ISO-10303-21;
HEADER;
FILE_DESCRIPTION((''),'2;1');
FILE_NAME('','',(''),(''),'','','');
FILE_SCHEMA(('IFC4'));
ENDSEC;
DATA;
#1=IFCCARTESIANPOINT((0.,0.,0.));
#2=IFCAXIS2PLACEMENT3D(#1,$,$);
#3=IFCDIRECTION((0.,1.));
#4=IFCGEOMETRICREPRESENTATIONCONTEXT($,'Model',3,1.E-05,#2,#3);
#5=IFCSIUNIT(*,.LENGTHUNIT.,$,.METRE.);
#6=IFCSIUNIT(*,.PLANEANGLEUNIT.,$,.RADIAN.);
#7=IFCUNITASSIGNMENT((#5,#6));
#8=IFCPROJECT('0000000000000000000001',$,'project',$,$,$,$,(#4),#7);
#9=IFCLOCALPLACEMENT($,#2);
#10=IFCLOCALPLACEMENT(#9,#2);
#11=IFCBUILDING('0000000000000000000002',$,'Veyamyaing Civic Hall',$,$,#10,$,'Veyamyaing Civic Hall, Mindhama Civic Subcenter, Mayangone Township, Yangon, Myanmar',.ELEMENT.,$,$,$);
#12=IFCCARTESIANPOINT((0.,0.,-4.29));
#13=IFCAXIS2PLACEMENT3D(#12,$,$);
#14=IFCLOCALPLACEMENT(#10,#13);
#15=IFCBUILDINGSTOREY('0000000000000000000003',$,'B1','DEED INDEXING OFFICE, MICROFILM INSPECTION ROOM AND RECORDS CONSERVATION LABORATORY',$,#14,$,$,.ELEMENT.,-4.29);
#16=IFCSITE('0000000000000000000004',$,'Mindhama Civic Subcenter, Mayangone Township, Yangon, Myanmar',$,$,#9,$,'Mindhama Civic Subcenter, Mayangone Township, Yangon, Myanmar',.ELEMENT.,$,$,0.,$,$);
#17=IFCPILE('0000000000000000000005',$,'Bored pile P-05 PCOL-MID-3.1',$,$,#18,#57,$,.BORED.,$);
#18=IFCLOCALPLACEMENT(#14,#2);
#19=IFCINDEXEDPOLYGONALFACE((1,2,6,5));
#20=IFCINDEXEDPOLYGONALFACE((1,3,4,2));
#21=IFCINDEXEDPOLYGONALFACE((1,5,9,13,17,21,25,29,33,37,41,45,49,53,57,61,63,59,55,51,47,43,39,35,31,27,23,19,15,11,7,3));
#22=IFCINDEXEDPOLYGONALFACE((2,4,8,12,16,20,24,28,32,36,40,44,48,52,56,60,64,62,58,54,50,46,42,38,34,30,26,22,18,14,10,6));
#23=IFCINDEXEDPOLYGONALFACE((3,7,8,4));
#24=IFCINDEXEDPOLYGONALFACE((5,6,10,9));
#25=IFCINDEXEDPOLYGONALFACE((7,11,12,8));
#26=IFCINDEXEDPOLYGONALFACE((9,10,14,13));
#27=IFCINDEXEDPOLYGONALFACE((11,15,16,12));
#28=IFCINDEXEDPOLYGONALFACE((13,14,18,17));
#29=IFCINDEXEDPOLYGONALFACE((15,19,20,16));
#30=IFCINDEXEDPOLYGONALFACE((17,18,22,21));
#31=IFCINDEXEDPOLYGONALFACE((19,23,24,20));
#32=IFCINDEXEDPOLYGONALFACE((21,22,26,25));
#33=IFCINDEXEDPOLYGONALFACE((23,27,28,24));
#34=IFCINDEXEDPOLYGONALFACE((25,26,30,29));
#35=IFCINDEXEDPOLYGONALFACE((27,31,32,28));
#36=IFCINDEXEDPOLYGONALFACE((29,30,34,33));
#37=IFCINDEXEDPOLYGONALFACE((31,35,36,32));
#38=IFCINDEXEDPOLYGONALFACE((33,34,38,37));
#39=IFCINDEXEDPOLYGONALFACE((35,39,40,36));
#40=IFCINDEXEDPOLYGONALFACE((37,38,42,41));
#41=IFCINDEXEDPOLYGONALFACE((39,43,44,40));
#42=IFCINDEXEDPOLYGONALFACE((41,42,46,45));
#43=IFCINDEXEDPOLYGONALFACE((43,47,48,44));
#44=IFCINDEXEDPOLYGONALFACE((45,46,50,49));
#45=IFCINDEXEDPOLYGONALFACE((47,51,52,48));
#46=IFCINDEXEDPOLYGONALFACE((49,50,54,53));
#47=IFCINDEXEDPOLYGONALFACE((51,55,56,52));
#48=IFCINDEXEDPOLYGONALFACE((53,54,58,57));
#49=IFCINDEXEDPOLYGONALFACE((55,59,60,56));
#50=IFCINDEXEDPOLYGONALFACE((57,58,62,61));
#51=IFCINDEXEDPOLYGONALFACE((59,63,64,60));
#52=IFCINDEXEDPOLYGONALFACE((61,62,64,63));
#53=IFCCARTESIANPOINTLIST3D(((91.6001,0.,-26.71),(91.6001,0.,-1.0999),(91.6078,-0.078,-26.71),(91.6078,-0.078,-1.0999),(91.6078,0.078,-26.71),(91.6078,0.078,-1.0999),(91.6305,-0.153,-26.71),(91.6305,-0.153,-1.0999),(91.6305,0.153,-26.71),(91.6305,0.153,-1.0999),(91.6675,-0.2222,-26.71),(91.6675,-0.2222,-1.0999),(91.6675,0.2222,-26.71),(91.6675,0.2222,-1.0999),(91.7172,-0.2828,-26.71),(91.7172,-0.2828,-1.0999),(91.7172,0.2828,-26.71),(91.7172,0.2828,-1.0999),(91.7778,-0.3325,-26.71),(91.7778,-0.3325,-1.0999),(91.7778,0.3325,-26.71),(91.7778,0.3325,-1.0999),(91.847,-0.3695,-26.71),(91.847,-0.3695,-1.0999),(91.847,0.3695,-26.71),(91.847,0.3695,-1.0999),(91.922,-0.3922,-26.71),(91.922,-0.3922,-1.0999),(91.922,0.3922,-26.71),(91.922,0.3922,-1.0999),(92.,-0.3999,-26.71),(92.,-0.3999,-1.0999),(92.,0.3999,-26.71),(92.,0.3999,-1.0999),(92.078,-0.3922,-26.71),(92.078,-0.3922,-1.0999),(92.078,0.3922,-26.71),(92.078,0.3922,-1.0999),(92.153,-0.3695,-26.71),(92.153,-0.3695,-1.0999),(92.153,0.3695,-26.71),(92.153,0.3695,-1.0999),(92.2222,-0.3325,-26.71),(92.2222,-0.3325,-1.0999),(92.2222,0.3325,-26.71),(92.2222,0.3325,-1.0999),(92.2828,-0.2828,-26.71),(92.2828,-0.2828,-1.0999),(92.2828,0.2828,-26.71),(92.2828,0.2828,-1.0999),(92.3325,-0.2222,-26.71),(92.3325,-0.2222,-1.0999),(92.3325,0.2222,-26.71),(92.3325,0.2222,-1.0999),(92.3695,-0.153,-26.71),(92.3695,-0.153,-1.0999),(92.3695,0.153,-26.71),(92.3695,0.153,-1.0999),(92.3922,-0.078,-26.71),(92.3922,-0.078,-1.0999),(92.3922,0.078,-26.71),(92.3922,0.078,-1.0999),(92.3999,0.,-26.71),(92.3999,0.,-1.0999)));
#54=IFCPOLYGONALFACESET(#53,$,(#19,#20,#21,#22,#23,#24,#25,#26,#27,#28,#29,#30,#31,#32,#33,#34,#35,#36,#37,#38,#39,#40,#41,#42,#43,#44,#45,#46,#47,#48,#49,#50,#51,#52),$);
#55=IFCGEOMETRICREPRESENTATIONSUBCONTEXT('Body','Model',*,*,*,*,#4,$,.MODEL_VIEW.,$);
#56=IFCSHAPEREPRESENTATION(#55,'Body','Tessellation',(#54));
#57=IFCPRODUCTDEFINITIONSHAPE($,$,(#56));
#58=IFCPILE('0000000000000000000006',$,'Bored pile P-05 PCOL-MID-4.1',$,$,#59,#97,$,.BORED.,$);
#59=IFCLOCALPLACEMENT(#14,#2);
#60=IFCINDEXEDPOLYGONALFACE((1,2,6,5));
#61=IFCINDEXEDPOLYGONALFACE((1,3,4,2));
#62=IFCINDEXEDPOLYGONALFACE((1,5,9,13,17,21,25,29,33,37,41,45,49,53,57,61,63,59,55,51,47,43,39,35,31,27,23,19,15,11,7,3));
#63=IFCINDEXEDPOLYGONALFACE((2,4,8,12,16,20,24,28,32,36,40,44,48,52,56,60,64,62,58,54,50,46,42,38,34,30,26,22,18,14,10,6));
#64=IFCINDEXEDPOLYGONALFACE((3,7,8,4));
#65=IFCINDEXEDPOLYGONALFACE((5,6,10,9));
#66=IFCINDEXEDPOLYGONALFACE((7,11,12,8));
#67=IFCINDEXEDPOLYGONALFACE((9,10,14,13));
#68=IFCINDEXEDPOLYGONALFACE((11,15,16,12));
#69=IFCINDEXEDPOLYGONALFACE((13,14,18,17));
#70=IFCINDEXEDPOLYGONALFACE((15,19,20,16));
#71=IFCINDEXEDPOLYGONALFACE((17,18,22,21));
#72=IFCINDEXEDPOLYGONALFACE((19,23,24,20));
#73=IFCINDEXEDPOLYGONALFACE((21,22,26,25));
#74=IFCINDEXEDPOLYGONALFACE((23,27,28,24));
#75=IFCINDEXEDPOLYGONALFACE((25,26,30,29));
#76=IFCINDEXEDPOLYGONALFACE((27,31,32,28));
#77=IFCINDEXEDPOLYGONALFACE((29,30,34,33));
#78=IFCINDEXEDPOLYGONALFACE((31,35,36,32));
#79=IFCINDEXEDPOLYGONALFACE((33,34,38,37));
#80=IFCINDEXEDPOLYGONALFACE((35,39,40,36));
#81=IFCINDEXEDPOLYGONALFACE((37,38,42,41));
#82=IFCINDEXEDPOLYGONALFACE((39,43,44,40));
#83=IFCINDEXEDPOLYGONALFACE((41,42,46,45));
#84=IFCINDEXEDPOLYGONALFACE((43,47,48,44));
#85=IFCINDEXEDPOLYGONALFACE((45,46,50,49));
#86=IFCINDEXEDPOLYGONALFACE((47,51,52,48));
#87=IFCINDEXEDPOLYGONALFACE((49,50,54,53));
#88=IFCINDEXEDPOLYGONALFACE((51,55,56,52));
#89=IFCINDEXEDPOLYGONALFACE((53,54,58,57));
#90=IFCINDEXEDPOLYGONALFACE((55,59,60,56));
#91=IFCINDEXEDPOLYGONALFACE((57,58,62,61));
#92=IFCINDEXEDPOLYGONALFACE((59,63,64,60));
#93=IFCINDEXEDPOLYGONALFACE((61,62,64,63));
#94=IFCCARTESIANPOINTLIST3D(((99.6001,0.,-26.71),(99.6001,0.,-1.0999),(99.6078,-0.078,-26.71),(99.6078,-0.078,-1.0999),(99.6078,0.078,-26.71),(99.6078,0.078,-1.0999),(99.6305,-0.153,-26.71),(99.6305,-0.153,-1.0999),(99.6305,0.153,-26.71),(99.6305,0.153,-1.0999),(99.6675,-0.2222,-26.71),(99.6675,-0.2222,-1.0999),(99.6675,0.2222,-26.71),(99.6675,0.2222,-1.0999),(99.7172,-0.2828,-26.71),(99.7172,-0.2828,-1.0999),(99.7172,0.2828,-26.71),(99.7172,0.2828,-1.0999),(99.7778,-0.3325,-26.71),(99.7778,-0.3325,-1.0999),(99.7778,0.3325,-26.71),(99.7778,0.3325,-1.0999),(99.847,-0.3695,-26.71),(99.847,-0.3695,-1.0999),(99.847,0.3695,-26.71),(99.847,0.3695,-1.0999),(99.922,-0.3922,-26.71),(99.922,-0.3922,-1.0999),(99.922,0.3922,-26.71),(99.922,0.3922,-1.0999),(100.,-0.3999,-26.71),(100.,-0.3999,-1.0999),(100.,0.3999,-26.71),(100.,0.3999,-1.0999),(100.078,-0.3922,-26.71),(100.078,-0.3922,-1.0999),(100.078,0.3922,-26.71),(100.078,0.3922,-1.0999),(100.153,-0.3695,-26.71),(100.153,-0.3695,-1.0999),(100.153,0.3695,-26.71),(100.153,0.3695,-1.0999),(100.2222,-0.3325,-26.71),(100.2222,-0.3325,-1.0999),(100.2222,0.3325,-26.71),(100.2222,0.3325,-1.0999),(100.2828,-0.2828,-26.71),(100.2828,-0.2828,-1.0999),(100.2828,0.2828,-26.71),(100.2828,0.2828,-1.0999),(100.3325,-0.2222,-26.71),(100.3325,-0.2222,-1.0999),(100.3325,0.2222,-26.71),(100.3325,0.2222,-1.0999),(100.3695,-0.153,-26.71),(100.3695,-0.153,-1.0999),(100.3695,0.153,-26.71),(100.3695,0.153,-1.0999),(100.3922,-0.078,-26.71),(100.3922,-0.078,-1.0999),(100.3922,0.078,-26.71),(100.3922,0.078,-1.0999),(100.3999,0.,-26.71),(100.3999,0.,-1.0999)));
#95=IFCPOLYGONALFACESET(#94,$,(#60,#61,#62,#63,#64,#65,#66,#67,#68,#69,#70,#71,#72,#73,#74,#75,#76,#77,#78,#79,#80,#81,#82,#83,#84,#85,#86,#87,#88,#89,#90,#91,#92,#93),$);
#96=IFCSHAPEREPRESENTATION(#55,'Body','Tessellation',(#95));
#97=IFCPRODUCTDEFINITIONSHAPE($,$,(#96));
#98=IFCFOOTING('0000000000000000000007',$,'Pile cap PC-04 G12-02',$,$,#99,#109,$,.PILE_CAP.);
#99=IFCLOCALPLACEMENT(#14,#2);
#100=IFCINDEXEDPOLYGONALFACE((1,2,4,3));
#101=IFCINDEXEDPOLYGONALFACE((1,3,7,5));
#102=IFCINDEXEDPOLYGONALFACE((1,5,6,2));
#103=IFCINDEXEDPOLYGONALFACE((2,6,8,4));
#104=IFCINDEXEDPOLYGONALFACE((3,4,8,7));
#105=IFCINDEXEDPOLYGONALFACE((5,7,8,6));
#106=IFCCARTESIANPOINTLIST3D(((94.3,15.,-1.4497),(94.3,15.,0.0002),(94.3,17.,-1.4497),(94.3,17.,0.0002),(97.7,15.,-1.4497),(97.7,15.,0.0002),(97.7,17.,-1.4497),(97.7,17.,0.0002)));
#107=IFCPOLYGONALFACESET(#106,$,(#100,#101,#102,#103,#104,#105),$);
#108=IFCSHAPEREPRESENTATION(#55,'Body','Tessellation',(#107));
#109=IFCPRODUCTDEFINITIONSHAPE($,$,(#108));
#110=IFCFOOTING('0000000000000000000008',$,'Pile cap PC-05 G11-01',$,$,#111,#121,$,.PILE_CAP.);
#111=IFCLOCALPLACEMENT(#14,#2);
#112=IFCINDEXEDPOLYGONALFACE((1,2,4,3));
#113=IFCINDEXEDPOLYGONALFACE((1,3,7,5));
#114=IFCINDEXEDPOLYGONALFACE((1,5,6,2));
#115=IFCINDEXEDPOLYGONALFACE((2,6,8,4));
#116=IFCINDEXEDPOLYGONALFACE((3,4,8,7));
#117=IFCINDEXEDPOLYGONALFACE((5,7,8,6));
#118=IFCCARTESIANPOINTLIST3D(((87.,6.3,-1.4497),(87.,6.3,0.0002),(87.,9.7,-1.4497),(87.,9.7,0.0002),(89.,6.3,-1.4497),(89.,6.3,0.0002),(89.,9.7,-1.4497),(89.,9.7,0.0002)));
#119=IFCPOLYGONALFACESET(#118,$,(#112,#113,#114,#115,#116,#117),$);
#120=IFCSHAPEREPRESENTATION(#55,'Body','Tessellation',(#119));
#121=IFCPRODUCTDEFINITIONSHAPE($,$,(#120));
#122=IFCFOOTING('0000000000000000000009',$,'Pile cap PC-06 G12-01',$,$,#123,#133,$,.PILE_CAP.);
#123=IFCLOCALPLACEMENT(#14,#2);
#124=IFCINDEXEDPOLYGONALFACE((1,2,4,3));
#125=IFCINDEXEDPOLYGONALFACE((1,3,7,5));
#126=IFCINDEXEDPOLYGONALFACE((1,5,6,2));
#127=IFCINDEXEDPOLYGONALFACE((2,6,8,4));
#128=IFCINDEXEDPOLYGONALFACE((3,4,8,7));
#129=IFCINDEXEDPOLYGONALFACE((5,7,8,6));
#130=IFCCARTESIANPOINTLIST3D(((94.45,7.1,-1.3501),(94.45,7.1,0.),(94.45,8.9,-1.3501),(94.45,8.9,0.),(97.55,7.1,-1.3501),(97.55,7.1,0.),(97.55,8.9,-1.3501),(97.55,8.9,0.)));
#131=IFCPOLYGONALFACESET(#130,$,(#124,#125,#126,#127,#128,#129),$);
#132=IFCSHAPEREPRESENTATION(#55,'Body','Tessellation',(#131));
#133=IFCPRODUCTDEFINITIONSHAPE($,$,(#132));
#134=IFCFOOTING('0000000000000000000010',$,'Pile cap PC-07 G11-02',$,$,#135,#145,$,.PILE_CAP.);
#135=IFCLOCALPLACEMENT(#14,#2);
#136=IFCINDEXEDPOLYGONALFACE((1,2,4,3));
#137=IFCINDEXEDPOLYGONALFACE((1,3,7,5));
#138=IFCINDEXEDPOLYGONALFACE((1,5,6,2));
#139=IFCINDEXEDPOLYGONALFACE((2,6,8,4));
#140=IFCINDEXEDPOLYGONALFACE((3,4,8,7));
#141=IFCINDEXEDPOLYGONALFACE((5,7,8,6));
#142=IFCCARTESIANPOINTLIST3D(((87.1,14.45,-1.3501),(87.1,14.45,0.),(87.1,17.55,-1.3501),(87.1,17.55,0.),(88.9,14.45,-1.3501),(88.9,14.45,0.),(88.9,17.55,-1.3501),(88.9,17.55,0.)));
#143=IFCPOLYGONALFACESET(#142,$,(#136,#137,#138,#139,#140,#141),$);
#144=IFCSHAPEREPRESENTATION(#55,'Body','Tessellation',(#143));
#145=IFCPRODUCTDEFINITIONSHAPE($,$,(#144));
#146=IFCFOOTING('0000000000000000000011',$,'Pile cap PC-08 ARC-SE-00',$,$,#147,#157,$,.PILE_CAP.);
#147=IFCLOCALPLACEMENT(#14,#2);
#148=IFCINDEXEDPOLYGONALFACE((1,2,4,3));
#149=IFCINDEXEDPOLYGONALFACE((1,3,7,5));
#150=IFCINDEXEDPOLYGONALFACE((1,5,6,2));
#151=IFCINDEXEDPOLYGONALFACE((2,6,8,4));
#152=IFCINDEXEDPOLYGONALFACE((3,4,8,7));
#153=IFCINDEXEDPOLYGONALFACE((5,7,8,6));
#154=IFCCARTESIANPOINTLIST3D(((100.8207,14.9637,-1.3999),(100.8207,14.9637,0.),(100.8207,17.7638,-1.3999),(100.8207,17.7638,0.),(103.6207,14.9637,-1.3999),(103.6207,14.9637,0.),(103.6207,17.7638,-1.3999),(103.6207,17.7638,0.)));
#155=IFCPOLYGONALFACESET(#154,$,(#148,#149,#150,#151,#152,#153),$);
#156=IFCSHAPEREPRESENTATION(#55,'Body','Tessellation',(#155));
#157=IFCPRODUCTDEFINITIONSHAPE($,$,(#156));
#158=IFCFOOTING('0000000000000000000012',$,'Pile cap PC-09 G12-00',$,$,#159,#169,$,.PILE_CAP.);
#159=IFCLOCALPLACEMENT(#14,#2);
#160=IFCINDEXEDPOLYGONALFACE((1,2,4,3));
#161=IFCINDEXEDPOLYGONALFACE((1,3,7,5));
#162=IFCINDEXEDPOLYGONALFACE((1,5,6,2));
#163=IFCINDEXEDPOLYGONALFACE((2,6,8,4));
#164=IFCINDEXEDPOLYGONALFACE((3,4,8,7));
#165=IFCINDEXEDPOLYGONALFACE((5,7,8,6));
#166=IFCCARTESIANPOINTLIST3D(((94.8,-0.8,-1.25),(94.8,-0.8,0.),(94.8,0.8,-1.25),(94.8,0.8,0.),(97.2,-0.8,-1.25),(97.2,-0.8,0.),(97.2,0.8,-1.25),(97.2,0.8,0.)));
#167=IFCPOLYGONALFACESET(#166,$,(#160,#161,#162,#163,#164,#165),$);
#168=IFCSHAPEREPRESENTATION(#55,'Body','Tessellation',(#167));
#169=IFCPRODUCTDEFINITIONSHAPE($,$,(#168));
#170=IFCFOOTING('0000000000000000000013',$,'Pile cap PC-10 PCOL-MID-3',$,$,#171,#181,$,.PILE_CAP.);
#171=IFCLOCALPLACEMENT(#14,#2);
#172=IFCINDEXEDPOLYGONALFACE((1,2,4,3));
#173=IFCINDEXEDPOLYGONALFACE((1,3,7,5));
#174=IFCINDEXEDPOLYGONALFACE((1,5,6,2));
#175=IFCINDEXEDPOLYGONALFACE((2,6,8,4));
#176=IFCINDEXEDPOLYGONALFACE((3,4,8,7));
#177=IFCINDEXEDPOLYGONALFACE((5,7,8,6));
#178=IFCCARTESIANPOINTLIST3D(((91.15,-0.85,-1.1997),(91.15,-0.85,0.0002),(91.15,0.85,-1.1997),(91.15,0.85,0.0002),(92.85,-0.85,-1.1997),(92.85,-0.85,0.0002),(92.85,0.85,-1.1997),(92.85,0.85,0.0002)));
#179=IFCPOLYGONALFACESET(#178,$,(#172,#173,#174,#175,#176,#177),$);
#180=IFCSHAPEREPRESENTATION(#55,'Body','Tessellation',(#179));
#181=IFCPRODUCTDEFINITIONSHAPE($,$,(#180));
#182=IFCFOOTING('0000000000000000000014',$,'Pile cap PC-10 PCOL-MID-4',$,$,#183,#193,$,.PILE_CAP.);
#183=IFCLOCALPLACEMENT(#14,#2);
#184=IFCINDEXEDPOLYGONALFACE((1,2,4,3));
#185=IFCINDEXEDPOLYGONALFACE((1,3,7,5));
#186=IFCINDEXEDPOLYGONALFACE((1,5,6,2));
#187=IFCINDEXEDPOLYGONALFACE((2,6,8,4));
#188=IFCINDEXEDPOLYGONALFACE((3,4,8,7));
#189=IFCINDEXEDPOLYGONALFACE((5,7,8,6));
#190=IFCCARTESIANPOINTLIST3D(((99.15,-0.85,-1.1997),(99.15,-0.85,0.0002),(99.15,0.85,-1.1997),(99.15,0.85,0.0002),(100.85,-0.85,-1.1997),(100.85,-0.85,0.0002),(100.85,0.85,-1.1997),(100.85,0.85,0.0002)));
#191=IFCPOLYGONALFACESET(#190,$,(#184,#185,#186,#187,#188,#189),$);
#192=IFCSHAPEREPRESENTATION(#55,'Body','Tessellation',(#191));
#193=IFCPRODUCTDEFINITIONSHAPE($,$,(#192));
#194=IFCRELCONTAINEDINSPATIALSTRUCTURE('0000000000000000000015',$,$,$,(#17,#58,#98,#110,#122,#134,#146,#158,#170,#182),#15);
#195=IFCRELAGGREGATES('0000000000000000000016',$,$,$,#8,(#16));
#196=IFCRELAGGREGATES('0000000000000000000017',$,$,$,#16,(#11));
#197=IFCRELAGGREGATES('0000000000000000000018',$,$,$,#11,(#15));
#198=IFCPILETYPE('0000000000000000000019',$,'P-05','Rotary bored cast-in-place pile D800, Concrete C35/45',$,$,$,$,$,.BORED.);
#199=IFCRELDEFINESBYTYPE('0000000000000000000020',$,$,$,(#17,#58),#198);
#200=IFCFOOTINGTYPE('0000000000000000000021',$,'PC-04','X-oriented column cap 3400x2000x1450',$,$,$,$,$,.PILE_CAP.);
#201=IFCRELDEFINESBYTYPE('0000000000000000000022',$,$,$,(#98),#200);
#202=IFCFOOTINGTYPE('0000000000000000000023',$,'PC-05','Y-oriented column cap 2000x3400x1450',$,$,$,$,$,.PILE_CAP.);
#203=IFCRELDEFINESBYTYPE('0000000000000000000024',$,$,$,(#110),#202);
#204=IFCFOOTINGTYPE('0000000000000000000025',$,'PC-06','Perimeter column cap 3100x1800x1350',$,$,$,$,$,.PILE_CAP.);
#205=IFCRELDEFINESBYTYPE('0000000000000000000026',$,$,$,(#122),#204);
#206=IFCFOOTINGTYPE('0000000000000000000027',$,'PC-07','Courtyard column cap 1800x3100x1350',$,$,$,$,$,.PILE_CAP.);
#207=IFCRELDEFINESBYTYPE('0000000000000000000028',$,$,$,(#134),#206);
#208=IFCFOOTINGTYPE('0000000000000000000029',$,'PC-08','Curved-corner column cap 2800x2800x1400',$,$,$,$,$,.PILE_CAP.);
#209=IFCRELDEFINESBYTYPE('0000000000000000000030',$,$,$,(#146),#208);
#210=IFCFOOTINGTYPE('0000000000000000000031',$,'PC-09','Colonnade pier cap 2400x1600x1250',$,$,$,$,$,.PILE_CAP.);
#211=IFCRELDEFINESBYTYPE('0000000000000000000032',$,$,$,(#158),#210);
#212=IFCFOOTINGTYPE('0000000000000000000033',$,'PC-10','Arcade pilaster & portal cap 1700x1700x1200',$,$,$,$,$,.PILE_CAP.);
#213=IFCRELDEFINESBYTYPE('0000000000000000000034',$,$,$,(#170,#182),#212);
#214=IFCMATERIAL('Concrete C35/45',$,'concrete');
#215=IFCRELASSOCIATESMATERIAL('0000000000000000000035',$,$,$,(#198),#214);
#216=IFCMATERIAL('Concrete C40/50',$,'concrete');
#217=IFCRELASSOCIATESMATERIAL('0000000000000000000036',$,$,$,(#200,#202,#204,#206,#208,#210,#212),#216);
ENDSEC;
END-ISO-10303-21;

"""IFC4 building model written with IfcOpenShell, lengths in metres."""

from ifc_helpers import new_model, si_unit, direction, frame, origin, origin_2d, place, context, subcontext, project, spatial, rectangle, circle, extrude, material, material_profile, profile_set, type_object, element, save


model = new_model("IFC4")

# Units and contexts
model_context = context("Model", 3, precision=1e-05, world=origin(), true_north=direction((0.0, 1.0)))
body_context = subcontext(model_context, "Body", "Model", "MODEL_VIEW")
ifc_project = project(units=[si_unit("LENGTHUNIT", "METRE"), si_unit("PLANEANGLEUNIT", "RADIAN")], contexts=[model_context])

# Site, building, storey
site_placement = place(None, origin())
site = spatial("IfcSite", under=ifc_project, at=site_placement, Name="Mindhama Civic Subcenter, Mayangone Township, Yangon, Myanmar", LongName="Mindhama Civic Subcenter, Mayangone Township, Yangon, Myanmar", CompositionType="ELEMENT", RefElevation=0.0)
building_placement = place(site_placement, origin())
building = spatial("IfcBuilding", under=site, at=building_placement, Name="Veyamyaing Civic Hall", LongName="Veyamyaing Civic Hall, Mindhama Civic Subcenter, Mayangone Township, Yangon, Myanmar", CompositionType="ELEMENT")
storey_placement = place(building_placement, frame((0.0, 0.0, -4.29)))
storey = spatial("IfcBuildingStorey", under=building, at=storey_placement, Name="B1", Description="DEED INDEXING OFFICE, MICROFILM INSPECTION ROOM AND RECORDS CONSERVATION LABORATORY", CompositionType="ELEMENT", Elevation=-4.29)

# Shared definitions
ifc_material_1 = material(Name="Concrete C40/50", Category="concrete")

# Piles
ifc_material_2 = material(Name="Concrete C35/45", Category="concrete")
ifc_material_profile_1 = material_profile(ifc_material_2, circle(Radius=0.3999, at=origin_2d()), Name="PILE-D800")
ifc_profile_set_1 = profile_set([ifc_material_profile_1], Name="Concrete C35/45")
pile_type_1 = type_object("IfcPileType", Name="P-05", Description="Rotary bored cast-in-place pile D800, Concrete C35/45", PredefinedType="BORED", material=ifc_profile_set_1)
for number, where, z_axis, x_axis, name in (
    (1, (92.0, 0.0, -1.0999), (0.0, 0.0, -1.0), (1.0, 0.0, 0.0), "Bored pile P-05 PCOL-MID-3.1"),
    (2, (100.0, 0.0, -1.0999), (0.0, 0.0, -1.0), (1.0, 0.0, 0.0), "Bored pile P-05 PCOL-MID-4.1"),
):
    element("IfcPile", number, at=place(storey_placement, frame(where, z_axis=z_axis, x_axis=x_axis)), inside=storey, type_object=pile_type_1, Name=name, PredefinedType="BORED", context=body_context, shape_type="SweptSolid", body=[
        extrude(circle(Radius=0.3999, at=origin_2d()), origin(), (0.0, 0.0, 1.0), 25.6101),
    ])

# Footings
footing_type_1 = type_object("IfcFootingType", Name="PC-04", Description="X-oriented column cap 3400x2000x1450", PredefinedType="PILE_CAP", material=ifc_material_1)
footing_1_placement = place(storey_placement, frame((96.0, 16.0, -1.4497), z_axis=(0.0, 0.0, 1.0), x_axis=(1.0, 0.0, 0.0)))
element("IfcFooting", 3, at=footing_1_placement, inside=storey, type_object=footing_type_1, Name="Pile cap PC-04 G12-02", PredefinedType="PILE_CAP", context=body_context, shape_type="SweptSolid", body=[
    extrude(rectangle(XDim=3.3999, YDim=2.0, at=origin_2d()), origin(), (0.0, 0.0, 1.0), 1.45),
])
footing_type_2 = type_object("IfcFootingType", Name="PC-05", Description="Y-oriented column cap 2000x3400x1450", PredefinedType="PILE_CAP", material=ifc_material_1)
footing_2_placement = place(storey_placement, frame((88.0, 8.0, -1.4497), z_axis=(0.0, 0.0, 1.0), x_axis=(1.0, 0.0, 0.0)))
element("IfcFooting", 4, at=footing_2_placement, inside=storey, type_object=footing_type_2, Name="Pile cap PC-05 G11-01", PredefinedType="PILE_CAP", context=body_context, shape_type="SweptSolid", body=[
    extrude(rectangle(XDim=2.0, YDim=3.3999, at=origin_2d()), origin(), (0.0, 0.0, 1.0), 1.45),
])
footing_type_3 = type_object("IfcFootingType", Name="PC-06", Description="Perimeter column cap 3100x1800x1350", PredefinedType="PILE_CAP", material=ifc_material_1)
footing_3_placement = place(storey_placement, frame((96.0, 8.0, -1.3501), z_axis=(0.0, 0.0, 1.0), x_axis=(1.0, 0.0, 0.0)))
element("IfcFooting", 5, at=footing_3_placement, inside=storey, type_object=footing_type_3, Name="Pile cap PC-06 G12-01", PredefinedType="PILE_CAP", context=body_context, shape_type="SweptSolid", body=[
    extrude(rectangle(XDim=3.1001, YDim=1.8, at=origin_2d()), origin(), (0.0, 0.0, 1.0), 1.3501),
])
footing_type_4 = type_object("IfcFootingType", Name="PC-07", Description="Courtyard column cap 1800x3100x1350", PredefinedType="PILE_CAP", material=ifc_material_1)
footing_4_placement = place(storey_placement, frame((88.0, 16.0, -1.3501), z_axis=(0.0, 0.0, 1.0), x_axis=(1.0, 0.0, 0.0)))
element("IfcFooting", 6, at=footing_4_placement, inside=storey, type_object=footing_type_4, Name="Pile cap PC-07 G11-02", PredefinedType="PILE_CAP", context=body_context, shape_type="SweptSolid", body=[
    extrude(rectangle(XDim=1.8, YDim=3.1001, at=origin_2d()), origin(), (0.0, 0.0, 1.0), 1.3501),
])
footing_type_5 = type_object("IfcFootingType", Name="PC-08", Description="Curved-corner column cap 2800x2800x1400", PredefinedType="PILE_CAP", material=ifc_material_1)
footing_5_placement = place(storey_placement, frame((102.2207, 16.3638, -1.3999), z_axis=(0.0, 0.0, 1.0), x_axis=(1.0, 0.0, 0.0)))
element("IfcFooting", 7, at=footing_5_placement, inside=storey, type_object=footing_type_5, Name="Pile cap PC-08 ARC-SE-00", PredefinedType="PILE_CAP", context=body_context, shape_type="SweptSolid", body=[
    extrude(rectangle(XDim=2.8, YDim=2.8, at=origin_2d()), origin(), (0.0, 0.0, 1.0), 1.3999),
])
footing_type_6 = type_object("IfcFootingType", Name="PC-09", Description="Colonnade pier cap 2400x1600x1250", PredefinedType="PILE_CAP", material=ifc_material_1)
footing_6_placement = place(storey_placement, frame((96.0, 0.0, -1.25), z_axis=(0.0, 0.0, 1.0), x_axis=(1.0, 0.0, 0.0)))
element("IfcFooting", 8, at=footing_6_placement, inside=storey, type_object=footing_type_6, Name="Pile cap PC-09 G12-00", PredefinedType="PILE_CAP", context=body_context, shape_type="SweptSolid", body=[
    extrude(rectangle(XDim=2.3999, YDim=1.6001, at=origin_2d()), origin(), (0.0, 0.0, 1.0), 1.25),
])
footing_type_7 = type_object("IfcFootingType", Name="PC-10", Description="Arcade pilaster & portal cap 1700x1700x1200", PredefinedType="PILE_CAP", material=ifc_material_1)
for number, where, z_axis, x_axis, name in (
    (9, (92.0, 0.0, -1.1997), (0.0, 0.0, 1.0), (1.0, 0.0, 0.0), "Pile cap PC-10 PCOL-MID-3"),
    (10, (100.0, 0.0, -1.1997), (0.0, 0.0, 1.0), (1.0, 0.0, 0.0), "Pile cap PC-10 PCOL-MID-4"),
):
    element("IfcFooting", number, at=place(storey_placement, frame(where, z_axis=z_axis, x_axis=x_axis)), inside=storey, type_object=footing_type_7, Name=name, PredefinedType="PILE_CAP", context=body_context, shape_type="SweptSolid", body=[
        extrude(rectangle(XDim=1.7, YDim=1.7, at=origin_2d()), origin(), (0.0, 0.0, 1.0), 1.2),
    ])

save(model, "model.ifc")
